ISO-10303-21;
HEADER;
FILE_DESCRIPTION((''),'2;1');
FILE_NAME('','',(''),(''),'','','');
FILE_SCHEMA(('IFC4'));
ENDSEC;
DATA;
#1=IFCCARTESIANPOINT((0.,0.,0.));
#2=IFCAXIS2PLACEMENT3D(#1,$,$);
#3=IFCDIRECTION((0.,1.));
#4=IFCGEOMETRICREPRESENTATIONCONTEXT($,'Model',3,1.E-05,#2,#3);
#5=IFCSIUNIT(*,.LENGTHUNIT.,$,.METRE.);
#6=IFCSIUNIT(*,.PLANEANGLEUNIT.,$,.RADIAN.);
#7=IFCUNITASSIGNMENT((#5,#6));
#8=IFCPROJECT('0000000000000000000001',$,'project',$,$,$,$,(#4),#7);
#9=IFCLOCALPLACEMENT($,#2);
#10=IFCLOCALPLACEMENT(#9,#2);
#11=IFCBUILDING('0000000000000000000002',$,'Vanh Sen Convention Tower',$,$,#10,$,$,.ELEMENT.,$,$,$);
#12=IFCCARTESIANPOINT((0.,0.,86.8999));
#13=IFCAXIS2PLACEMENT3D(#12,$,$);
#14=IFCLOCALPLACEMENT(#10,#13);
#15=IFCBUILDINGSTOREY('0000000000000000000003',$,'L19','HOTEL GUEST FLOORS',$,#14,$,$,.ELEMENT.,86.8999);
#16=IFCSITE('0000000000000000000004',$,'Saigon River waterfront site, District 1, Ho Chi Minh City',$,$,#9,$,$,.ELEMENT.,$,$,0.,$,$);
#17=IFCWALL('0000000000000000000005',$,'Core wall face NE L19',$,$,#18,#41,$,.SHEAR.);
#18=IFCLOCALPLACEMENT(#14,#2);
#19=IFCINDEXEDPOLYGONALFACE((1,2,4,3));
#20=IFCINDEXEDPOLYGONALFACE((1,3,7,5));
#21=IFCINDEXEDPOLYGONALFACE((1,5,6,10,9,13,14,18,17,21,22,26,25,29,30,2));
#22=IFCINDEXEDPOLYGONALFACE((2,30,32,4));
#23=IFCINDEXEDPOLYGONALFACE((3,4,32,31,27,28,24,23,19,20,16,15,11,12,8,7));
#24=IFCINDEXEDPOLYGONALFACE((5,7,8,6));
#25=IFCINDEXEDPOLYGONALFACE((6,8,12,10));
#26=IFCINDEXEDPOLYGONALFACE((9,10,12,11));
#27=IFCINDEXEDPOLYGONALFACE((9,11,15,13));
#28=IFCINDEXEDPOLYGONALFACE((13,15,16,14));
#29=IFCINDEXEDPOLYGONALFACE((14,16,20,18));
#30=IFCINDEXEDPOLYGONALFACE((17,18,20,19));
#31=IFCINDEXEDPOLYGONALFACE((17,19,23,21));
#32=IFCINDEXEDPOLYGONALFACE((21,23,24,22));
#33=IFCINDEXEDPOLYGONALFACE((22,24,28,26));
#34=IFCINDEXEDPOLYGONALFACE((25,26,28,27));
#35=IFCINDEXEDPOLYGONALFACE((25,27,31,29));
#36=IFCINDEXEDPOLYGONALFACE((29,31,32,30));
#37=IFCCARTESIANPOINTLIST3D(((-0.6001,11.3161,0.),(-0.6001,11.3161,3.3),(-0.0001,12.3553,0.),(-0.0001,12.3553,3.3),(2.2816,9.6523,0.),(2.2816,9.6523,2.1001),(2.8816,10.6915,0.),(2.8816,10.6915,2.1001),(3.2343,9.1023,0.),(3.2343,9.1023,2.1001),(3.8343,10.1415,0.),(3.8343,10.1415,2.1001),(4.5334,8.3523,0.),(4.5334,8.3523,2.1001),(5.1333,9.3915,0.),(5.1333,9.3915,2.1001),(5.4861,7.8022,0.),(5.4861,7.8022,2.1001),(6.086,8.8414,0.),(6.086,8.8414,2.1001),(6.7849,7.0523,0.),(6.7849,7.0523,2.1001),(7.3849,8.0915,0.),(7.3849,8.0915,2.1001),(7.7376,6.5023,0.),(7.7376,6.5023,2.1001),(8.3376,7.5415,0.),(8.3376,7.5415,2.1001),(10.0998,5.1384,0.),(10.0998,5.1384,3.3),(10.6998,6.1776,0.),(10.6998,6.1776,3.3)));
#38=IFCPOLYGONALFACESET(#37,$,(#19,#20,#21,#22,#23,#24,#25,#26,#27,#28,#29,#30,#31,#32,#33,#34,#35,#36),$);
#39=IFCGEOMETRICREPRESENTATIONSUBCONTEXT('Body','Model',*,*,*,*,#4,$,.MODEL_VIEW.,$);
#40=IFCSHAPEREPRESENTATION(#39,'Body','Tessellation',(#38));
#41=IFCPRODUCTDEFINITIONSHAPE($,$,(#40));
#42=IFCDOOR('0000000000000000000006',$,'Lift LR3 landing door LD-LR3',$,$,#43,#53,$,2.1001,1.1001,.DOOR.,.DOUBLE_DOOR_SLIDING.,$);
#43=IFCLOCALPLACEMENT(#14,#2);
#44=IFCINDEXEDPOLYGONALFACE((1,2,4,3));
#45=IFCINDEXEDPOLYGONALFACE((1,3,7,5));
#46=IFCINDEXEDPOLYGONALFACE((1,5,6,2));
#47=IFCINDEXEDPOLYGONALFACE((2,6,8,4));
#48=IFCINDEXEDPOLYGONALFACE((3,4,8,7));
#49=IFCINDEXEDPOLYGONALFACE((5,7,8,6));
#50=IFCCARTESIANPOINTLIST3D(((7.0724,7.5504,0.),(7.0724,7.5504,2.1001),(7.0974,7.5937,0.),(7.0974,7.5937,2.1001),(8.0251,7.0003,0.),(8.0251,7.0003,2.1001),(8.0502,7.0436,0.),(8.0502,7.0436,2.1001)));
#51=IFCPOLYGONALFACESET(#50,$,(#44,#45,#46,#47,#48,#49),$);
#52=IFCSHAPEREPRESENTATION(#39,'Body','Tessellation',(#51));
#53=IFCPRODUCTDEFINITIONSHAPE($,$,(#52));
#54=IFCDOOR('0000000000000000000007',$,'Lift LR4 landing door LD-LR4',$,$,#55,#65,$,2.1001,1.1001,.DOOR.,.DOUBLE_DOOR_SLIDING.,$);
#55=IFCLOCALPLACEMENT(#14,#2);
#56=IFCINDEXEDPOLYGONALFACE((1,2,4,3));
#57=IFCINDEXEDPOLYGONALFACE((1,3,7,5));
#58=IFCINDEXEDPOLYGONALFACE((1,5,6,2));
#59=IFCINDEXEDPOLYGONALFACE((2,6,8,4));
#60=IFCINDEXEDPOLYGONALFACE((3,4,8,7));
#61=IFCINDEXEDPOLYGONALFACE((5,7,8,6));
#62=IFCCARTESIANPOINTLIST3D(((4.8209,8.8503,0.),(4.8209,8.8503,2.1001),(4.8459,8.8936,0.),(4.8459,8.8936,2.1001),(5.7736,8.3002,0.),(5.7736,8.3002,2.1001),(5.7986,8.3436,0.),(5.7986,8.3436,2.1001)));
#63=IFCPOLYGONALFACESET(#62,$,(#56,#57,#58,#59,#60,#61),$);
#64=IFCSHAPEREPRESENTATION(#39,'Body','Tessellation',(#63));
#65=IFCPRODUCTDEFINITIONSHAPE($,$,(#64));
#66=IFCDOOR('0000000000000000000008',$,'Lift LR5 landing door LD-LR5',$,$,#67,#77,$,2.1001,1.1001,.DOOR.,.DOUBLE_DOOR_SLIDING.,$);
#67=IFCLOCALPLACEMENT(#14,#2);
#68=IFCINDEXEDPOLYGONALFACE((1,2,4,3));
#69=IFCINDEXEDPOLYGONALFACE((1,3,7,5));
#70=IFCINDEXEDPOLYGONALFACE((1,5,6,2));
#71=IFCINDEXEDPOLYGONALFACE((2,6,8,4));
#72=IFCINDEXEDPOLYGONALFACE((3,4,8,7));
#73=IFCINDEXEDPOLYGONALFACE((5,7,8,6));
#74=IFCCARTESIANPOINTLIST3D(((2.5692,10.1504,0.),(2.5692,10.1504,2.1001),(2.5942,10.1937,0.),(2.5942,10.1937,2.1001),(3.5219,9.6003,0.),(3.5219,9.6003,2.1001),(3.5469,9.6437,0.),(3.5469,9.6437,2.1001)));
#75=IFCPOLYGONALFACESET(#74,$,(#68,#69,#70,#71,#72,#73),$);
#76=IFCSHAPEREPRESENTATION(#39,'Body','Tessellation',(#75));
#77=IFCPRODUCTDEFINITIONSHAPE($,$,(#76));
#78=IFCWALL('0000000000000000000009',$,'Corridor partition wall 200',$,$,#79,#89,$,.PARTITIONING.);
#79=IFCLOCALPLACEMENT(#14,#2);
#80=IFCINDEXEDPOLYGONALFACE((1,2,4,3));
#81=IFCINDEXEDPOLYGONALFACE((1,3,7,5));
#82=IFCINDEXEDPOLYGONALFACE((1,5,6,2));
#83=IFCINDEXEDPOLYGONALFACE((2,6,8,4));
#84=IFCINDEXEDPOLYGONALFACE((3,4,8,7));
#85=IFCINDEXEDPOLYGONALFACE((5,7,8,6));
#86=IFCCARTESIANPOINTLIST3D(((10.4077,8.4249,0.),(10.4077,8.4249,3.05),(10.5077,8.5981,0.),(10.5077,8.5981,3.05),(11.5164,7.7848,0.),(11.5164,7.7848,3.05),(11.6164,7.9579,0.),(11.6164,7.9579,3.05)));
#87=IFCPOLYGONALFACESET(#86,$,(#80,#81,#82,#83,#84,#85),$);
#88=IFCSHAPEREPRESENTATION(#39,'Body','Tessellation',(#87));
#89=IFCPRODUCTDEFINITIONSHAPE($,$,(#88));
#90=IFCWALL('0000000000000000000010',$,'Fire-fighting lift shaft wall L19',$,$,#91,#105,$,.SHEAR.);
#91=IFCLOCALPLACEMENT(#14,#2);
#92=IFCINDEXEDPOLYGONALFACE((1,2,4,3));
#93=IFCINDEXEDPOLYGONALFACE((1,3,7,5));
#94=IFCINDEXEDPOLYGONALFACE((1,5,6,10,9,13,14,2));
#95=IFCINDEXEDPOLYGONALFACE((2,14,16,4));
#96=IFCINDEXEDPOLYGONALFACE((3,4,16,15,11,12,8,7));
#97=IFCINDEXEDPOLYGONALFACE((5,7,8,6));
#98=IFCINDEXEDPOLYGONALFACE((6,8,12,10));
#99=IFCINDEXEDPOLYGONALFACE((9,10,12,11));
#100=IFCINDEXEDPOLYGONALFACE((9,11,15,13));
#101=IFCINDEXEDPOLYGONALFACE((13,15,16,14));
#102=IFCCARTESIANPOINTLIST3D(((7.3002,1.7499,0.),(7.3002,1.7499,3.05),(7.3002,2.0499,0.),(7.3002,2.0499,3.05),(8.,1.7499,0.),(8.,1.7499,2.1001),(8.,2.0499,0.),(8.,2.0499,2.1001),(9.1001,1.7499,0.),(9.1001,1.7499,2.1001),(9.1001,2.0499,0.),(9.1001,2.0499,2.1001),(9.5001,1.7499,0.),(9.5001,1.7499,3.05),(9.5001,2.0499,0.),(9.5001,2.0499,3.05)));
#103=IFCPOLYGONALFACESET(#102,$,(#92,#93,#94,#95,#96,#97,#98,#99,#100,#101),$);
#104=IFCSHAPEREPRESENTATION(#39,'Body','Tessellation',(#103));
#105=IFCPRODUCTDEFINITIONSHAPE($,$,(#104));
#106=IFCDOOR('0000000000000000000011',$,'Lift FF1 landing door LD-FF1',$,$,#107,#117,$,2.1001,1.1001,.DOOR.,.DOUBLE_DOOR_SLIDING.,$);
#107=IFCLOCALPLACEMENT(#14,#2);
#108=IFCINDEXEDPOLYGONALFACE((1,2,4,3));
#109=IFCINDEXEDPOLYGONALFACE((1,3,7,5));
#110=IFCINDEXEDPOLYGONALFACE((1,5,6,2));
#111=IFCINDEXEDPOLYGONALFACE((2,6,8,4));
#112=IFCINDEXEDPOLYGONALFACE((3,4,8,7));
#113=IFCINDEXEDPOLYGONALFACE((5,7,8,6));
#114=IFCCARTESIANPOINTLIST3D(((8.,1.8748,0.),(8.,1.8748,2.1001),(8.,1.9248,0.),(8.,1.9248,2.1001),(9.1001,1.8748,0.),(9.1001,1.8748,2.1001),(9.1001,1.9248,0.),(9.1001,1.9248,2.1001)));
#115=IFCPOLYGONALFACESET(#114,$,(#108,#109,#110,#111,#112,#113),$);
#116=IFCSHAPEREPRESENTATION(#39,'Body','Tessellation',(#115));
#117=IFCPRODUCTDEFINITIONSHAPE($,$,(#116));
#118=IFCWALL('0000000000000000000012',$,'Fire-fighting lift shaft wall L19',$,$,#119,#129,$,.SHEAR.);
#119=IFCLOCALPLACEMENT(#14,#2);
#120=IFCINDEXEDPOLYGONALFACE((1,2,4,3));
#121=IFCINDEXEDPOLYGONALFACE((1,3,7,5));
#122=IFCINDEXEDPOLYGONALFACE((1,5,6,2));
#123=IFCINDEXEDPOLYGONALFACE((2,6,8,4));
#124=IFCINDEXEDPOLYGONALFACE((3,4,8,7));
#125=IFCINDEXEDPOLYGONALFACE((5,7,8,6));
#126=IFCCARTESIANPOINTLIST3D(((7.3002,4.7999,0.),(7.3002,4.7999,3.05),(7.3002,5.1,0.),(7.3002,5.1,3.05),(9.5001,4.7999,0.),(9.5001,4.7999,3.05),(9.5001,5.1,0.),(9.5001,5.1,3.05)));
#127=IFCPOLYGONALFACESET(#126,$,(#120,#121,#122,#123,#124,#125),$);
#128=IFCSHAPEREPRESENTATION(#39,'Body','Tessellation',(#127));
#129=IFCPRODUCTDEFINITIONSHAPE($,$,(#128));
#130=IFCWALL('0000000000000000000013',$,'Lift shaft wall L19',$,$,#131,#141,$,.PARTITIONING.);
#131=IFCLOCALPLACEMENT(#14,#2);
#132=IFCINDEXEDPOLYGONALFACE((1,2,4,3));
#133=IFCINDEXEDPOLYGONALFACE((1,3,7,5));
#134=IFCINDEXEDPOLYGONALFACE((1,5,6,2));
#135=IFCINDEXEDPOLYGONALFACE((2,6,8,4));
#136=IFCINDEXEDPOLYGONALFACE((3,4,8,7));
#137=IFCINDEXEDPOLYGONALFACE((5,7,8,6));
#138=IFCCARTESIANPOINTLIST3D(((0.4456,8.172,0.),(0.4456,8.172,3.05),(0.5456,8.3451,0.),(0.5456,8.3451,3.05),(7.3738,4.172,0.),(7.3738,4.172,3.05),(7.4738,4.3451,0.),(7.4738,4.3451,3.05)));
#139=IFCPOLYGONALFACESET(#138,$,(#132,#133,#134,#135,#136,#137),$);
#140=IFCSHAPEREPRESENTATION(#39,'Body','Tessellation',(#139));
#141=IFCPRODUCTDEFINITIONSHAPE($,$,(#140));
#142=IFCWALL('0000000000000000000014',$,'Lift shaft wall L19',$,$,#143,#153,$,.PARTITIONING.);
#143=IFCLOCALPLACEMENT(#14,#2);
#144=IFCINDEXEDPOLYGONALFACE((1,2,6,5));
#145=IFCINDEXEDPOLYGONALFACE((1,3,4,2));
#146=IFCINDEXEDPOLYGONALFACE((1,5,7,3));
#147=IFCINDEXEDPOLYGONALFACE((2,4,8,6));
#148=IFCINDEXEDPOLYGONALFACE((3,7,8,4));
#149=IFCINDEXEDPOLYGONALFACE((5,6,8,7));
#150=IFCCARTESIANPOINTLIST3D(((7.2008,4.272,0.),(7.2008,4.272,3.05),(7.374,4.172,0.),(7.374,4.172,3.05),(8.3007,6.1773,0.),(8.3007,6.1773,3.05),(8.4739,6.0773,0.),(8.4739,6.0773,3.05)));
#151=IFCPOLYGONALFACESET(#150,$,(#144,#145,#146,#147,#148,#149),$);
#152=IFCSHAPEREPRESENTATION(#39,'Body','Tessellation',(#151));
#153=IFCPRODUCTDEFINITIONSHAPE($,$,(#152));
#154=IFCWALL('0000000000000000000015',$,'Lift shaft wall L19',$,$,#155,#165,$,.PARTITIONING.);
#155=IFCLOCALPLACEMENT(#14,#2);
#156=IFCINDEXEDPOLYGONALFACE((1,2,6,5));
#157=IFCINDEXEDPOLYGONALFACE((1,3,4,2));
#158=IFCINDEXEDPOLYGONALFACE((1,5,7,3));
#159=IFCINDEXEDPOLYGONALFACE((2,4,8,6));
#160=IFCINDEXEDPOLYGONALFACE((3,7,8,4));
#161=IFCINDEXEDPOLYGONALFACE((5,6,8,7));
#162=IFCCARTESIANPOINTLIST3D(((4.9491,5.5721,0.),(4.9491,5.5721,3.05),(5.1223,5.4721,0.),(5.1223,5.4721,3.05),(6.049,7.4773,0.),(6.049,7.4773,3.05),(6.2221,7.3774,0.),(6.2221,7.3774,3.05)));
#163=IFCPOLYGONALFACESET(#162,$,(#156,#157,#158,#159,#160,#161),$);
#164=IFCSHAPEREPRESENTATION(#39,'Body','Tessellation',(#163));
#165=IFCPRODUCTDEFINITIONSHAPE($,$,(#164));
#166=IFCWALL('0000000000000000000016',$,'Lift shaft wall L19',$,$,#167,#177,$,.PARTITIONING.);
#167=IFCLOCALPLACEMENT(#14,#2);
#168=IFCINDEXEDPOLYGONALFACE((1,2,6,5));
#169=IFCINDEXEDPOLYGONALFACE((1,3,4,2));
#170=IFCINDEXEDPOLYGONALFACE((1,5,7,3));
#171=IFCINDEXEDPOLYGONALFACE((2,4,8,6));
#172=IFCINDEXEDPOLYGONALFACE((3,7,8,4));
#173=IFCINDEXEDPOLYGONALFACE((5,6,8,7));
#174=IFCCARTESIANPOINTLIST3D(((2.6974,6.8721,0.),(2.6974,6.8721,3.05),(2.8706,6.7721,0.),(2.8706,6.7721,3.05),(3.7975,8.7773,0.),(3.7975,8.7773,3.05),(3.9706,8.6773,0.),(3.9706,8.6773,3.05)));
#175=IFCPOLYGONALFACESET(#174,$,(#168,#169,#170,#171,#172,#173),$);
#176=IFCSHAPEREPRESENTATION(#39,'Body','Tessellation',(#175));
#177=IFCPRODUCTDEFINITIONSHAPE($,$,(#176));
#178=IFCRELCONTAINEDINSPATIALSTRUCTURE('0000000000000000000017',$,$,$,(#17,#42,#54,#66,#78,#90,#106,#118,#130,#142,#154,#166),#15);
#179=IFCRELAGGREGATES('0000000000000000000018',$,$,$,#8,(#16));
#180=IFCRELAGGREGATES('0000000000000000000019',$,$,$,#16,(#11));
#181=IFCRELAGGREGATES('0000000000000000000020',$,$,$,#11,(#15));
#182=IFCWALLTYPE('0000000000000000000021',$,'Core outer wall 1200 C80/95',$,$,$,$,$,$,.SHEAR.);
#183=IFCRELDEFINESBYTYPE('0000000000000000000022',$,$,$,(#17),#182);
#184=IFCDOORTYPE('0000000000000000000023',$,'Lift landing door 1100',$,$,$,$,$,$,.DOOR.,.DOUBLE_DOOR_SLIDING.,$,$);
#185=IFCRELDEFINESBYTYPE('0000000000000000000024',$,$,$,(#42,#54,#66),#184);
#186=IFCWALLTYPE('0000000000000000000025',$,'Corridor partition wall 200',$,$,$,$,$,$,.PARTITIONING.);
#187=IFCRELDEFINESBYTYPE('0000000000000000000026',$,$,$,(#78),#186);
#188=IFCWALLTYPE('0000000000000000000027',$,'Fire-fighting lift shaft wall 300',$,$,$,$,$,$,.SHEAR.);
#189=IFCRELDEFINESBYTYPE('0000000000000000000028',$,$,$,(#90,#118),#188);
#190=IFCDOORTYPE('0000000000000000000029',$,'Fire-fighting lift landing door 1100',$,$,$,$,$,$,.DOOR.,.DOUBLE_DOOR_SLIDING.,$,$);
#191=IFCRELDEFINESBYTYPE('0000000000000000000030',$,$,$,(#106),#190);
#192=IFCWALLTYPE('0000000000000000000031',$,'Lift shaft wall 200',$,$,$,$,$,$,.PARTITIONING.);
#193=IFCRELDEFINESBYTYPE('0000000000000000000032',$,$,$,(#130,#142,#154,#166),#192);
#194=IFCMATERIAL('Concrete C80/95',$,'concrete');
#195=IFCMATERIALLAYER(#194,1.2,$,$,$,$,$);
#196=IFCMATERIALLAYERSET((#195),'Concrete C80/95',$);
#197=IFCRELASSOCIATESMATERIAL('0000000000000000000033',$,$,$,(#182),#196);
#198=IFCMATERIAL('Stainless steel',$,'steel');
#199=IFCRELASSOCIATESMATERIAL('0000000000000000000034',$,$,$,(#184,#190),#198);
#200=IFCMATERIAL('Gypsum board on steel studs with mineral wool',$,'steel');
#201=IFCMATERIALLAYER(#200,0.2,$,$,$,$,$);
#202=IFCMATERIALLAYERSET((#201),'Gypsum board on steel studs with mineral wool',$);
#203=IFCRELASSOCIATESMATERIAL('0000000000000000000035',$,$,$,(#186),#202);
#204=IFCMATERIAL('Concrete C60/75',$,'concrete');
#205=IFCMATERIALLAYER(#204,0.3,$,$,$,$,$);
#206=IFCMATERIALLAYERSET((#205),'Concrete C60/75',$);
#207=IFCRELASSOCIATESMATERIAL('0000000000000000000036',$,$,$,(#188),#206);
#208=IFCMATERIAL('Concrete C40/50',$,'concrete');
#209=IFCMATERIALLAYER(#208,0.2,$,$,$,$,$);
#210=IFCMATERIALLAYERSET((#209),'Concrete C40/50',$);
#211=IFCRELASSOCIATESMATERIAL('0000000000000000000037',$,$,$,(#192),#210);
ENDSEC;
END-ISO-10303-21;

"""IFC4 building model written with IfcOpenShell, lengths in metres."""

from ifc_helpers import new_model, si_unit, direction, frame, frame_2d, origin, place, context, subcontext, project, spatial, rectangle, extrude, material, layer, layer_set, type_object, element, fill, save


model = new_model("IFC4")

# Units and contexts
model_context = context("Model", 3, precision=1e-05, world=origin(), true_north=direction((0.0, 1.0)))
body_context = subcontext(model_context, "Body", "Model", "MODEL_VIEW")
ifc_project = project(units=[si_unit("LENGTHUNIT", "METRE"), si_unit("PLANEANGLEUNIT", "RADIAN")], contexts=[model_context])

# Site, building, storey
site_placement = place(None, origin())
site = spatial("IfcSite", under=ifc_project, at=site_placement, Name="Saigon River waterfront site, District 1, Ho Chi Minh City", CompositionType="ELEMENT", RefElevation=0.0)
building_placement = place(site_placement, origin())
building = spatial("IfcBuilding", under=site, at=building_placement, Name="Vanh Sen Convention Tower", CompositionType="ELEMENT")
storey_placement = place(building_placement, frame((0.0, 0.0, 86.8999)))
storey = spatial("IfcBuildingStorey", under=building, at=storey_placement, Name="L19", Description="HOTEL GUEST FLOORS", CompositionType="ELEMENT", Elevation=86.8999)

# Wall, openings, doors
ifc_material_1 = material(Name="Concrete C80/95", Category="concrete")
ifc_layer_1 = layer(ifc_material_1, 1.2)
ifc_layer_set_1 = layer_set([ifc_layer_1], Name="Concrete C80/95")
wall_type_1 = type_object("IfcWallType", Name="Core outer wall 1200 C80/95", PredefinedType="SHEAR", material=ifc_layer_set_1)
wall_1_placement = place(storey_placement, frame((10.3999, 5.658, 0.0), z_axis=(0.0, 0.0, 1.0), x_axis=(-0.866021, 0.500007, 0.0)))
wall_1 = element("IfcWall", 1, at=wall_1_placement, inside=storey, type_object=wall_type_1, Name="Core wall face NE L19", PredefinedType="SHEAR", context=body_context, shape_type="SweptSolid", body=[
    extrude(rectangle(XDim=12.3552, YDim=1.2, at=frame_2d((6.1777, 0.0))), origin(), (0.0, 0.0, 1.0), 3.3),
])
opening_1_placement = place(wall_1_placement, frame((2.7278, 0.0, 0.0)))
opening_1 = element("IfcOpeningElement", 2, at=opening_1_placement, cuts=wall_1, PredefinedType="OPENING", context=body_context, shape_type="SweptSolid", body=[
    extrude(rectangle(XDim=1.1001, YDim=2.1001, at=frame_2d((0.55, 1.05))), frame((0.0, 0.6099, 0.0), z_axis=(0.0, -1.0, 0.0), x_axis=(1.0, 0.0, 0.0)), (0.0, 0.0, 1.0), 1.22),
])
opening_2_placement = place(wall_1_placement, frame((5.3276, 0.0, 0.0)))
opening_2 = element("IfcOpeningElement", 3, at=opening_2_placement, cuts=wall_1, PredefinedType="OPENING", context=body_context, shape_type="SweptSolid", body=[
    extrude(rectangle(XDim=1.1001, YDim=2.1001, at=frame_2d((0.55, 1.05))), frame((0.0, 0.6099, 0.0), z_axis=(0.0, -1.0, 0.0), x_axis=(1.0, 0.0, 0.0)), (0.0, 0.0, 1.0), 1.22),
])
opening_3_placement = place(wall_1_placement, frame((7.9277, 0.0, 0.0)))
opening_3 = element("IfcOpeningElement", 4, at=opening_3_placement, cuts=wall_1, PredefinedType="OPENING", context=body_context, shape_type="SweptSolid", body=[
    extrude(rectangle(XDim=1.1001, YDim=2.1001, at=frame_2d((0.55, 1.05))), frame((0.0, 0.6099, 0.0), z_axis=(0.0, -1.0, 0.0), x_axis=(1.0, 0.0, 0.0)), (0.0, 0.0, 1.0), 1.22),
])
ifc_material_2 = material(Name="Stainless steel", Category="steel")
door_type_1 = type_object("IfcDoorType", Name="Lift landing door 1100", OperationType="DOUBLE_DOOR_SLIDING", PredefinedType="DOOR", material=ifc_material_2)
door_1_placement = place(opening_1_placement, origin())
door_1 = element("IfcDoor", 5, at=door_1_placement, inside=storey, type_object=door_type_1, Name="Lift LR3 landing door LD-LR3", OperationType="DOUBLE_DOOR_SLIDING", OverallHeight=2.1001, OverallWidth=1.1001, PredefinedType="DOOR", context=body_context, shape_type="SweptSolid", body=[
    extrude(rectangle(XDim=1.1001, YDim=2.1001, at=frame_2d((0.55, 1.05))), frame((0.0, 0.0249, 0.0), z_axis=(0.0, -1.0, 0.0), x_axis=(1.0, 0.0, 0.0)), (0.0, 0.0, 1.0), 0.05),
])
fill(opening_1, door_1)
door_2_placement = place(opening_2_placement, origin())
door_2 = element("IfcDoor", 6, at=door_2_placement, inside=storey, type_object=door_type_1, Name="Lift LR4 landing door LD-LR4", OperationType="DOUBLE_DOOR_SLIDING", OverallHeight=2.1001, OverallWidth=1.1001, PredefinedType="DOOR", context=body_context, shape_type="SweptSolid", body=[
    extrude(rectangle(XDim=1.1001, YDim=2.1001, at=frame_2d((0.55, 1.05))), frame((0.0, 0.0249, 0.0), z_axis=(0.0, -1.0, 0.0), x_axis=(1.0, 0.0, 0.0)), (0.0, 0.0, 1.0), 0.05),
])
fill(opening_2, door_2)
door_3_placement = place(opening_3_placement, origin())
door_3 = element("IfcDoor", 7, at=door_3_placement, inside=storey, type_object=door_type_1, Name="Lift LR5 landing door LD-LR5", OperationType="DOUBLE_DOOR_SLIDING", OverallHeight=2.1001, OverallWidth=1.1001, PredefinedType="DOOR", context=body_context, shape_type="SweptSolid", body=[
    extrude(rectangle(XDim=1.1001, YDim=2.1001, at=frame_2d((0.55, 1.05))), frame((0.0, 0.0249, 0.0), z_axis=(0.0, -1.0, 0.0), x_axis=(1.0, 0.0, 0.0)), (0.0, 0.0, 1.0), 0.05),
])
fill(opening_3, door_3)

# Wall
ifc_material_3 = material(Name="Gypsum board on steel studs with mineral wool", Category="steel")
ifc_layer_2 = layer(ifc_material_3, 0.2)
ifc_layer_set_2 = layer_set([ifc_layer_2], Name="Gypsum board on steel studs with mineral wool")
wall_type_2 = type_object("IfcWallType", Name="Corridor partition wall 200", PredefinedType="PARTITIONING", material=ifc_layer_set_2)
wall_2_placement = place(storey_placement, frame((11.5664, 7.8713, 0.0), z_axis=(0.0, 0.0, 1.0), x_axis=(-0.866005, 0.500036, 0.0)))
element("IfcWall", 8, at=wall_2_placement, inside=storey, type_object=wall_type_2, Name="Corridor partition wall 200", PredefinedType="PARTITIONING", context=body_context, shape_type="SweptSolid", body=[
    extrude(rectangle(XDim=1.2803, YDim=0.2, at=frame_2d((0.6401, 0.0))), origin(), (0.0, 0.0, 1.0), 3.05),
])

# Wall, opening, door
ifc_material_4 = material(Name="Concrete C60/75", Category="concrete")
ifc_layer_3 = layer(ifc_material_4, 0.3)
ifc_layer_set_3 = layer_set([ifc_layer_3], Name="Concrete C60/75")
wall_type_3 = type_object("IfcWallType", Name="Fire-fighting lift shaft wall 300", PredefinedType="SHEAR", material=ifc_layer_set_3)
wall_3_placement = place(storey_placement, frame((7.3, 1.8999, 0.0), z_axis=(0.0, 0.0, 1.0), x_axis=(1.0, 0.0, 0.0)))
wall_3 = element("IfcWall", 9, at=wall_3_placement, inside=storey, type_object=wall_type_3, Name="Fire-fighting lift shaft wall L19", PredefinedType="SHEAR", context=body_context, shape_type="SweptSolid", body=[
    extrude(rectangle(XDim=2.2, YDim=0.3, at=frame_2d((1.1001, 0.0))), origin(), (0.0, 0.0, 1.0), 3.05),
])
opening_4_placement = place(wall_3_placement, frame((0.7, 0.0, 0.0)))
opening_4 = element("IfcOpeningElement", 10, at=opening_4_placement, cuts=wall_3, PredefinedType="OPENING", context=body_context, shape_type="SweptSolid", body=[
    extrude(rectangle(XDim=1.1001, YDim=2.1001, at=frame_2d((0.55, 1.05))), frame((0.0, 0.1599, 0.0), z_axis=(0.0, -1.0, 0.0), x_axis=(1.0, 0.0, 0.0)), (0.0, 0.0, 1.0), 0.3201),
])
door_type_2 = type_object("IfcDoorType", Name="Fire-fighting lift landing door 1100", OperationType="DOUBLE_DOOR_SLIDING", PredefinedType="DOOR", material=ifc_material_2)
door_4_placement = place(opening_4_placement, origin())
door_4 = element("IfcDoor", 11, at=door_4_placement, inside=storey, type_object=door_type_2, Name="Lift FF1 landing door LD-FF1", OperationType="DOUBLE_DOOR_SLIDING", OverallHeight=2.1001, OverallWidth=1.1001, PredefinedType="DOOR", context=body_context, shape_type="SweptSolid", body=[
    extrude(rectangle(XDim=1.1001, YDim=2.1001, at=frame_2d((0.55, 1.05))), frame((0.0, 0.0249, 0.0), z_axis=(0.0, -1.0, 0.0), x_axis=(1.0, 0.0, 0.0)), (0.0, 0.0, 1.0), 0.05),
])
fill(opening_4, door_4)

# Walls
wall_4_placement = place(storey_placement, frame((7.3, 4.95, 0.0), z_axis=(0.0, 0.0, 1.0), x_axis=(1.0, 0.0, 0.0)))
element("IfcWall", 12, at=wall_4_placement, inside=storey, type_object=wall_type_3, Name="Fire-fighting lift shaft wall L19", PredefinedType="SHEAR", context=body_context, shape_type="SweptSolid", body=[
    extrude(rectangle(XDim=2.2, YDim=0.3, at=frame_2d((1.1001, 0.0))), origin(), (0.0, 0.0, 1.0), 3.05),
])
ifc_material_5 = material(Name="Concrete C40/50", Category="concrete")
ifc_layer_4 = layer(ifc_material_5, 0.2)
ifc_layer_set_4 = layer_set([ifc_layer_4], Name="Concrete C40/50")
wall_type_4 = type_object("IfcWallType", Name="Lift shaft wall 200", PredefinedType="PARTITIONING", material=ifc_layer_set_4)
wall_5_placement = place(storey_placement, frame((7.4238, 4.2585, 0.0), z_axis=(0.0, 0.0, 1.0), x_axis=(-0.866026, 0.499999, 0.0)))
element("IfcWall", 13, at=wall_5_placement, inside=storey, type_object=wall_type_4, Name="Lift shaft wall L19", PredefinedType="PARTITIONING", context=body_context, shape_type="SweptSolid", body=[
    extrude(rectangle(XDim=8.0, YDim=0.2, at=frame_2d((4.0, 0.0))), origin(), (0.0, 0.0, 1.0), 3.05),
])
for number, where, z_axis, x_axis, name in (
    (14, (7.2874, 4.2219, 0.0), (0.0, 0.0, 1.0), (0.499947, 0.866056, 0.0), "Lift shaft wall L19"),
    (15, (5.0356, 5.522, 0.0), (0.0, 0.0, 1.0), (0.499947, 0.866056, 0.0), "Lift shaft wall L19"),
    (16, (2.7839, 6.822, 0.0), (0.0, 0.0, 1.0), (0.50003, 0.866008, 0.0), "Lift shaft wall L19"),
):
    element("IfcWall", number, at=place(storey_placement, frame(where, z_axis=z_axis, x_axis=x_axis)), inside=storey, type_object=wall_type_4, Name=name, PredefinedType="PARTITIONING", context=body_context, shape_type="SweptSolid", body=[
        extrude(rectangle(XDim=2.2, YDim=0.2, at=frame_2d((1.1001, 0.0))), origin(), (0.0, 0.0, 1.0), 3.05),
    ])

save(model, "model.ifc")
